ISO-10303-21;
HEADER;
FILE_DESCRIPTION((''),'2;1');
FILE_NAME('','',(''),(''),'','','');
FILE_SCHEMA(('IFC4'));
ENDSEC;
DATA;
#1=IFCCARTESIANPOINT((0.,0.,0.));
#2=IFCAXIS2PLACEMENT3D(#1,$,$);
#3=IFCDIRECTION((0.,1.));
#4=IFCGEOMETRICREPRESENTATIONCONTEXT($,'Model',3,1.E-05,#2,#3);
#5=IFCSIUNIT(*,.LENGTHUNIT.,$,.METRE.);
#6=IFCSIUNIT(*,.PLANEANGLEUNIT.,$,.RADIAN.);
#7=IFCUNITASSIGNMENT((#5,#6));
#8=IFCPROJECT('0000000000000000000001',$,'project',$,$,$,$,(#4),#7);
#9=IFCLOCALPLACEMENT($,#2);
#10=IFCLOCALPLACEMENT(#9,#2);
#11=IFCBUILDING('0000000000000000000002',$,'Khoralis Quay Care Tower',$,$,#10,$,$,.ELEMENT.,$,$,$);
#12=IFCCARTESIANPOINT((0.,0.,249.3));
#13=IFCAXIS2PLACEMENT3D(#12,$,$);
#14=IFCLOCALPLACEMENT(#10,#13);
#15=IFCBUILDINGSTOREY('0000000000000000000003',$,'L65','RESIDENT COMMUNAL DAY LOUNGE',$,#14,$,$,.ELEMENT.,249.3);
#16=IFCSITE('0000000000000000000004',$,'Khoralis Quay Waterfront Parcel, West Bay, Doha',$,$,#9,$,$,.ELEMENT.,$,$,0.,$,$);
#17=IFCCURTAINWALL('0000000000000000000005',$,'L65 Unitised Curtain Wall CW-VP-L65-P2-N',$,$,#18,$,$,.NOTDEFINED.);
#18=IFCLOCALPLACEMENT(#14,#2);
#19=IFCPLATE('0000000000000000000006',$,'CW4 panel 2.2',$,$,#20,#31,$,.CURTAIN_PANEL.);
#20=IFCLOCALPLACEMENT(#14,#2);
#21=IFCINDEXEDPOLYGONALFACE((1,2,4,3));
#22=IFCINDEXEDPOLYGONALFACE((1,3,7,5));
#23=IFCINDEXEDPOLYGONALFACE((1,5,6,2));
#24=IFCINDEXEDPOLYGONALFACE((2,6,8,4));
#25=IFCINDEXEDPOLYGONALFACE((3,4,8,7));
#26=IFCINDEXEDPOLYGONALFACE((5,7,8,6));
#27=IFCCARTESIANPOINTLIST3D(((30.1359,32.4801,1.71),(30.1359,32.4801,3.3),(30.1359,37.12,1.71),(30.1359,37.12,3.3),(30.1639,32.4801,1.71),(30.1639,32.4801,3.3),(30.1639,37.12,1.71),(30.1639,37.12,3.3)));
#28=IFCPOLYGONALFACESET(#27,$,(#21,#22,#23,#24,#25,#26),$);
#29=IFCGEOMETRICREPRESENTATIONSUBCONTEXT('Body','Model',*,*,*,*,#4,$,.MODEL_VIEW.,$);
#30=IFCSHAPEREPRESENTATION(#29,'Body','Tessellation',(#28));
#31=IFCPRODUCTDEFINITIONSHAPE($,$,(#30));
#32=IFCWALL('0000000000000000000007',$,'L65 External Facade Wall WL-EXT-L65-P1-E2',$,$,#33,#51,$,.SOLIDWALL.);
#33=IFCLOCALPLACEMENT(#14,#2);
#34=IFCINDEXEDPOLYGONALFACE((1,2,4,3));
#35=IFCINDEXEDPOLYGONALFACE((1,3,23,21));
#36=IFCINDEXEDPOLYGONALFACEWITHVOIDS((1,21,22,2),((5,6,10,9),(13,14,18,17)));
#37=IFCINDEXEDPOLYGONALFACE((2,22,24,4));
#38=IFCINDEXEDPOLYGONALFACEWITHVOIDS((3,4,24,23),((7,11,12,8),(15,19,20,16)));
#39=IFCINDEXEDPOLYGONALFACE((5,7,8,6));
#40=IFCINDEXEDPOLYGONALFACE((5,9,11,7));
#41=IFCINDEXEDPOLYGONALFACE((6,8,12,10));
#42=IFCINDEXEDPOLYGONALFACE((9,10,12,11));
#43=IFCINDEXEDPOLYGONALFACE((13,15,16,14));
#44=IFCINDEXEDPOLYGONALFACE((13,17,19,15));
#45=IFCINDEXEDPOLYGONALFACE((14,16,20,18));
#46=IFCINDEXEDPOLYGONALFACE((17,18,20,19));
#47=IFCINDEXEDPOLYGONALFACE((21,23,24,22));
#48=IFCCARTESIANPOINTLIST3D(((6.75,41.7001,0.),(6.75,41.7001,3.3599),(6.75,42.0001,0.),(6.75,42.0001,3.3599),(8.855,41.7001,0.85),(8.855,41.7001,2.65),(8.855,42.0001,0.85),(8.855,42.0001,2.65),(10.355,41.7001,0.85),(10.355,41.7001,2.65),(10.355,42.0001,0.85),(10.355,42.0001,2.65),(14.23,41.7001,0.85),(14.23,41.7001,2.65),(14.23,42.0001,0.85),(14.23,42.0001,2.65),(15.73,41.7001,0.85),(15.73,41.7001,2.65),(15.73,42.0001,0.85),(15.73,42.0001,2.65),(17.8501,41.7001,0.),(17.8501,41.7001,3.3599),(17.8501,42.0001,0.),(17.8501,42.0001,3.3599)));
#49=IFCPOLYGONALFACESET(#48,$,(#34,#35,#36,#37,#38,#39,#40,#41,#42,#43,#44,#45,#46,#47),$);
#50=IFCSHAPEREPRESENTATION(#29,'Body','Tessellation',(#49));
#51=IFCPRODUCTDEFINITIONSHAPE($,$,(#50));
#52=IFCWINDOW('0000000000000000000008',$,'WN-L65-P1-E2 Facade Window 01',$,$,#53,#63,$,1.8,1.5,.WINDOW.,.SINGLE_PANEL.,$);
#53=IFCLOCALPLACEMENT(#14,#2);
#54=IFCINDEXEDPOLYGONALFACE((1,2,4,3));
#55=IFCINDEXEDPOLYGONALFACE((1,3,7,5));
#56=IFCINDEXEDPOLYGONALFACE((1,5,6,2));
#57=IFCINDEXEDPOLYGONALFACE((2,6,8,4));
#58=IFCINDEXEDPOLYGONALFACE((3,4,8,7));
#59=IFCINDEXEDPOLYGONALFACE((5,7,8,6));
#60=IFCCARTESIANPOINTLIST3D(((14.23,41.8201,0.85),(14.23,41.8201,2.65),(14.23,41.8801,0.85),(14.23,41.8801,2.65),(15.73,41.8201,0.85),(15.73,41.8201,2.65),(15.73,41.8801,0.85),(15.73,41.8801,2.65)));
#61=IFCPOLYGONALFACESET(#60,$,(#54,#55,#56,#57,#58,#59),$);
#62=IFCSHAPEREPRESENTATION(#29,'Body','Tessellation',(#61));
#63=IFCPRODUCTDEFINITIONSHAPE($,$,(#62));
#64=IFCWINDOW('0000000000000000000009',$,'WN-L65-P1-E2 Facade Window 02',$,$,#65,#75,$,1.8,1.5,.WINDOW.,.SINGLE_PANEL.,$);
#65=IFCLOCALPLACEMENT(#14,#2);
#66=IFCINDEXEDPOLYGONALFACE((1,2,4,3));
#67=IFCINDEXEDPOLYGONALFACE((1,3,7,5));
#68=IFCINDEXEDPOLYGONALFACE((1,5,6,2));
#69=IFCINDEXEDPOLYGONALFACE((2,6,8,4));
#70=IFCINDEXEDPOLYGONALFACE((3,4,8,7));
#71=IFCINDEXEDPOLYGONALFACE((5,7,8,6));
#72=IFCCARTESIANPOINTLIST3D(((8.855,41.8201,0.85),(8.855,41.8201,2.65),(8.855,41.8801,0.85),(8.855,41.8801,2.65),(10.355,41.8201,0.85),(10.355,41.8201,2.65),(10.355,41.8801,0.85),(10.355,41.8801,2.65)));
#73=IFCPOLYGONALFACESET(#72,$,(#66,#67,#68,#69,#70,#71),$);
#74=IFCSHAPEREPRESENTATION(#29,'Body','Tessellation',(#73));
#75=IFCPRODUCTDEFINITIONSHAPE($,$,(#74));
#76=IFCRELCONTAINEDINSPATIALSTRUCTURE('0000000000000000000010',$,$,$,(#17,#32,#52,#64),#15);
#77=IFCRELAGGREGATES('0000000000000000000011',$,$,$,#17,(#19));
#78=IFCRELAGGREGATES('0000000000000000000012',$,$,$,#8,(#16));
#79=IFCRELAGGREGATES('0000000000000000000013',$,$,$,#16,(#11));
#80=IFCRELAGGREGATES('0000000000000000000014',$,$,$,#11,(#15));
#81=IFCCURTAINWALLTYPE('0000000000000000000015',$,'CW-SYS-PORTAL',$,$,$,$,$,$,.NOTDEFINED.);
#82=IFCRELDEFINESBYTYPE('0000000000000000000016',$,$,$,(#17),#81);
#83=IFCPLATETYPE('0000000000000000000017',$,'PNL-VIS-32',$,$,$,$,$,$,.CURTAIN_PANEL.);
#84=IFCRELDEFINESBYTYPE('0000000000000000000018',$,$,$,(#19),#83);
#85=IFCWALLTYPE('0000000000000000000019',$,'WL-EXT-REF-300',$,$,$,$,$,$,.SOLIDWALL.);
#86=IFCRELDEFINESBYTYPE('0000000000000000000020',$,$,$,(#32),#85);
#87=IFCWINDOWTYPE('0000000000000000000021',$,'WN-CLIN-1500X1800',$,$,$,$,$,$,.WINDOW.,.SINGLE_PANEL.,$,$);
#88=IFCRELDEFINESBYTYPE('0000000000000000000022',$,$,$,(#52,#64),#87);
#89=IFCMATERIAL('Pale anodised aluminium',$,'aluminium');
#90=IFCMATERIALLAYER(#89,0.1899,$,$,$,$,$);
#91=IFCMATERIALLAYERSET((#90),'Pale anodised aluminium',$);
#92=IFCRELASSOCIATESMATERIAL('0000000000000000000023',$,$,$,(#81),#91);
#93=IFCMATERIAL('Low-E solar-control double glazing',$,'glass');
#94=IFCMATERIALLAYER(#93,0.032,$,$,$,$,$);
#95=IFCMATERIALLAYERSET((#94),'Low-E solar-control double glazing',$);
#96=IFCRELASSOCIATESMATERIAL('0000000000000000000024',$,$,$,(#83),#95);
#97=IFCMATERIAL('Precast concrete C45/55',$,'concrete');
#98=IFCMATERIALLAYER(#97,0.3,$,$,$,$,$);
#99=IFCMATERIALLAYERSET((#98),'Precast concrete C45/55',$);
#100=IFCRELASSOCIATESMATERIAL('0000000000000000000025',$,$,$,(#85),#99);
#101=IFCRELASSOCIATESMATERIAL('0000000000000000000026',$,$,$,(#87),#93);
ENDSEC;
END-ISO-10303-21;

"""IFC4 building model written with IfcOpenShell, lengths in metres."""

from ifc_helpers import new_model, si_unit, direction, frame, frame_2d, origin, origin_2d, place, context, subcontext, project, spatial, rectangle, extrude, source, transform, mapped, material, layer, layer_set, type_object, element, fill, aggregate, save


model = new_model("IFC4")

# Units and contexts
model_context = context("Model", 3, precision=1e-05, world=origin(), true_north=direction((0.0, 1.0)))
body_context = subcontext(model_context, "Body", "Model", "MODEL_VIEW")
ifc_project = project(units=[si_unit("LENGTHUNIT", "METRE"), si_unit("PLANEANGLEUNIT", "RADIAN")], contexts=[model_context])

# Site, building, storey
site_placement = place(None, origin())
site = spatial("IfcSite", under=ifc_project, at=site_placement, Name="Khoralis Quay Waterfront Parcel, West Bay, Doha", CompositionType="ELEMENT", RefElevation=0.0)
building_placement = place(site_placement, origin())
building = spatial("IfcBuilding", under=site, at=building_placement, Name="Khoralis Quay Care Tower", CompositionType="ELEMENT")
storey_placement = place(building_placement, frame((0.0, 0.0, 249.3)))
storey = spatial("IfcBuildingStorey", under=building, at=storey_placement, Name="L65", Description="RESIDENT COMMUNAL DAY LOUNGE", CompositionType="ELEMENT", Elevation=249.3)

# Curtain wall
ifc_material_1 = material(Name="Pale anodised aluminium", Category="aluminium")
ifc_layer_1 = layer(ifc_material_1, 0.1899)
ifc_layer_set_1 = layer_set([ifc_layer_1], Name="Pale anodised aluminium")
curtain_wall_type = type_object("IfcCurtainWallType", Name="CW-SYS-PORTAL", PredefinedType="NOTDEFINED", material=ifc_layer_set_1)
curtain_wall_1_placement = place(storey_placement, origin())
curtain_wall_1 = element("IfcCurtainWall", 1, at=curtain_wall_1_placement, inside=storey, type_object=curtain_wall_type, Name="L65 Unitised Curtain Wall CW-VP-L65-P2-N", PredefinedType="NOTDEFINED")

# Plate
ifc_material_2 = material(Name="Low-E solar-control double glazing", Category="glass")
ifc_layer_2 = layer(ifc_material_2, 0.032)
ifc_layer_set_2 = layer_set([ifc_layer_2], Name="Low-E solar-control double glazing")
plate_type = type_object("IfcPlateType", Name="PNL-VIS-32", PredefinedType="CURTAIN_PANEL", material=ifc_layer_set_2)
shared_shape_1 = source(origin(), body_context, "Body", "SweptSolid", [
    extrude(rectangle(XDim=4.6399, YDim=0.0281, at=origin_2d()), origin(), (0.0, 0.0, 1.0), 1.5901),
])
plate_1_placement = place(storey_placement, frame((30.1499, 34.8, 1.71), z_axis=(0.0, 0.0, 1.0), x_axis=(0.0, 1.0, 0.0)))
plate_1 = element("IfcPlate", 2, at=plate_1_placement, type_object=plate_type, Name="CW4 panel 2.2", PredefinedType="CURTAIN_PANEL", context=body_context, shape_type="MappedRepresentation", body=[
    mapped(shared_shape_1, transform((0.0, 0.0, 0.0), scale=1.0)),
])
aggregate(curtain_wall_1, [plate_1])

# Wall, openings, windows
ifc_material_3 = material(Name="Precast concrete C45/55", Category="concrete")
ifc_layer_3 = layer(ifc_material_3, 0.3)
ifc_layer_set_3 = layer_set([ifc_layer_3], Name="Precast concrete C45/55")
wall_type = type_object("IfcWallType", Name="WL-EXT-REF-300", PredefinedType="SOLIDWALL", material=ifc_layer_set_3)
wall_placement = place(storey_placement, frame((17.8501, 41.8501, 0.0), z_axis=(0.0, 0.0, 1.0), x_axis=(-1.0, 0.0, 0.0)))
wall = element("IfcWall", 3, at=wall_placement, inside=storey, type_object=wall_type, Name="L65 External Facade Wall WL-EXT-L65-P1-E2", PredefinedType="SOLIDWALL", context=body_context, shape_type="SweptSolid", body=[
    extrude(rectangle(XDim=11.1001, YDim=0.3, at=frame_2d((5.55, 0.0))), origin(), (0.0, 0.0, 1.0), 3.3599),
])
opening_1_placement = place(wall_placement, frame((2.1201, 0.0, 0.8501)))
opening_1 = element("IfcOpeningElement", 4, at=opening_1_placement, cuts=wall, PredefinedType="OPENING", context=body_context, shape_type="SweptSolid", body=[
    extrude(rectangle(XDim=1.5, YDim=1.8, at=frame_2d((0.75, 0.8999))), frame((0.0, 0.1602, 0.0), z_axis=(0.0, -1.0, 0.0), x_axis=(1.0, 0.0, 0.0)), (0.0, 0.0, 1.0), 0.3201),
])
opening_2_placement = place(wall_placement, frame((7.4951, 0.0, 0.8501)))
opening_2 = element("IfcOpeningElement", 5, at=opening_2_placement, cuts=wall, PredefinedType="OPENING", context=body_context, shape_type="SweptSolid", body=[
    extrude(rectangle(XDim=1.5, YDim=1.8, at=frame_2d((0.75, 0.8999))), frame((0.0, 0.1602, 0.0), z_axis=(0.0, -1.0, 0.0), x_axis=(1.0, 0.0, 0.0)), (0.0, 0.0, 1.0), 0.3201),
])
window_type = type_object("IfcWindowType", Name="WN-CLIN-1500X1800", PartitioningType="SINGLE_PANEL", PredefinedType="WINDOW", material=ifc_material_2)
shared_shape_2 = source(origin(), body_context, "Body", "SweptSolid", [
    extrude(rectangle(XDim=1.5, YDim=1.8, at=frame_2d((0.75, 0.8999))), frame((0.0, 0.03, 0.0), z_axis=(0.0, -1.0, 0.0), x_axis=(1.0, 0.0, 0.0)), (0.0, 0.0, 1.0), 0.0601),
])
window_1_placement = place(opening_1_placement, origin())
window_1 = element("IfcWindow", 6, at=window_1_placement, inside=storey, type_object=window_type, Name="WN-L65-P1-E2 Facade Window 01", OverallHeight=1.8, OverallWidth=1.5, PartitioningType="SINGLE_PANEL", PredefinedType="WINDOW", context=body_context, shape_type="MappedRepresentation", body=[
    mapped(shared_shape_2, transform((0.0, 0.0, 0.0), scale=1.0)),
])
fill(opening_1, window_1)
window_2_placement = place(opening_2_placement, origin())
window_2 = element("IfcWindow", 7, at=window_2_placement, inside=storey, type_object=window_type, Name="WN-L65-P1-E2 Facade Window 02", OverallHeight=1.8, OverallWidth=1.5, PartitioningType="SINGLE_PANEL", PredefinedType="WINDOW", context=body_context, shape_type="MappedRepresentation", body=[
    mapped(shared_shape_2, transform((0.0, 0.0, 0.0), scale=1.0)),
])
fill(opening_2, window_2)

save(model, "model.ifc")
